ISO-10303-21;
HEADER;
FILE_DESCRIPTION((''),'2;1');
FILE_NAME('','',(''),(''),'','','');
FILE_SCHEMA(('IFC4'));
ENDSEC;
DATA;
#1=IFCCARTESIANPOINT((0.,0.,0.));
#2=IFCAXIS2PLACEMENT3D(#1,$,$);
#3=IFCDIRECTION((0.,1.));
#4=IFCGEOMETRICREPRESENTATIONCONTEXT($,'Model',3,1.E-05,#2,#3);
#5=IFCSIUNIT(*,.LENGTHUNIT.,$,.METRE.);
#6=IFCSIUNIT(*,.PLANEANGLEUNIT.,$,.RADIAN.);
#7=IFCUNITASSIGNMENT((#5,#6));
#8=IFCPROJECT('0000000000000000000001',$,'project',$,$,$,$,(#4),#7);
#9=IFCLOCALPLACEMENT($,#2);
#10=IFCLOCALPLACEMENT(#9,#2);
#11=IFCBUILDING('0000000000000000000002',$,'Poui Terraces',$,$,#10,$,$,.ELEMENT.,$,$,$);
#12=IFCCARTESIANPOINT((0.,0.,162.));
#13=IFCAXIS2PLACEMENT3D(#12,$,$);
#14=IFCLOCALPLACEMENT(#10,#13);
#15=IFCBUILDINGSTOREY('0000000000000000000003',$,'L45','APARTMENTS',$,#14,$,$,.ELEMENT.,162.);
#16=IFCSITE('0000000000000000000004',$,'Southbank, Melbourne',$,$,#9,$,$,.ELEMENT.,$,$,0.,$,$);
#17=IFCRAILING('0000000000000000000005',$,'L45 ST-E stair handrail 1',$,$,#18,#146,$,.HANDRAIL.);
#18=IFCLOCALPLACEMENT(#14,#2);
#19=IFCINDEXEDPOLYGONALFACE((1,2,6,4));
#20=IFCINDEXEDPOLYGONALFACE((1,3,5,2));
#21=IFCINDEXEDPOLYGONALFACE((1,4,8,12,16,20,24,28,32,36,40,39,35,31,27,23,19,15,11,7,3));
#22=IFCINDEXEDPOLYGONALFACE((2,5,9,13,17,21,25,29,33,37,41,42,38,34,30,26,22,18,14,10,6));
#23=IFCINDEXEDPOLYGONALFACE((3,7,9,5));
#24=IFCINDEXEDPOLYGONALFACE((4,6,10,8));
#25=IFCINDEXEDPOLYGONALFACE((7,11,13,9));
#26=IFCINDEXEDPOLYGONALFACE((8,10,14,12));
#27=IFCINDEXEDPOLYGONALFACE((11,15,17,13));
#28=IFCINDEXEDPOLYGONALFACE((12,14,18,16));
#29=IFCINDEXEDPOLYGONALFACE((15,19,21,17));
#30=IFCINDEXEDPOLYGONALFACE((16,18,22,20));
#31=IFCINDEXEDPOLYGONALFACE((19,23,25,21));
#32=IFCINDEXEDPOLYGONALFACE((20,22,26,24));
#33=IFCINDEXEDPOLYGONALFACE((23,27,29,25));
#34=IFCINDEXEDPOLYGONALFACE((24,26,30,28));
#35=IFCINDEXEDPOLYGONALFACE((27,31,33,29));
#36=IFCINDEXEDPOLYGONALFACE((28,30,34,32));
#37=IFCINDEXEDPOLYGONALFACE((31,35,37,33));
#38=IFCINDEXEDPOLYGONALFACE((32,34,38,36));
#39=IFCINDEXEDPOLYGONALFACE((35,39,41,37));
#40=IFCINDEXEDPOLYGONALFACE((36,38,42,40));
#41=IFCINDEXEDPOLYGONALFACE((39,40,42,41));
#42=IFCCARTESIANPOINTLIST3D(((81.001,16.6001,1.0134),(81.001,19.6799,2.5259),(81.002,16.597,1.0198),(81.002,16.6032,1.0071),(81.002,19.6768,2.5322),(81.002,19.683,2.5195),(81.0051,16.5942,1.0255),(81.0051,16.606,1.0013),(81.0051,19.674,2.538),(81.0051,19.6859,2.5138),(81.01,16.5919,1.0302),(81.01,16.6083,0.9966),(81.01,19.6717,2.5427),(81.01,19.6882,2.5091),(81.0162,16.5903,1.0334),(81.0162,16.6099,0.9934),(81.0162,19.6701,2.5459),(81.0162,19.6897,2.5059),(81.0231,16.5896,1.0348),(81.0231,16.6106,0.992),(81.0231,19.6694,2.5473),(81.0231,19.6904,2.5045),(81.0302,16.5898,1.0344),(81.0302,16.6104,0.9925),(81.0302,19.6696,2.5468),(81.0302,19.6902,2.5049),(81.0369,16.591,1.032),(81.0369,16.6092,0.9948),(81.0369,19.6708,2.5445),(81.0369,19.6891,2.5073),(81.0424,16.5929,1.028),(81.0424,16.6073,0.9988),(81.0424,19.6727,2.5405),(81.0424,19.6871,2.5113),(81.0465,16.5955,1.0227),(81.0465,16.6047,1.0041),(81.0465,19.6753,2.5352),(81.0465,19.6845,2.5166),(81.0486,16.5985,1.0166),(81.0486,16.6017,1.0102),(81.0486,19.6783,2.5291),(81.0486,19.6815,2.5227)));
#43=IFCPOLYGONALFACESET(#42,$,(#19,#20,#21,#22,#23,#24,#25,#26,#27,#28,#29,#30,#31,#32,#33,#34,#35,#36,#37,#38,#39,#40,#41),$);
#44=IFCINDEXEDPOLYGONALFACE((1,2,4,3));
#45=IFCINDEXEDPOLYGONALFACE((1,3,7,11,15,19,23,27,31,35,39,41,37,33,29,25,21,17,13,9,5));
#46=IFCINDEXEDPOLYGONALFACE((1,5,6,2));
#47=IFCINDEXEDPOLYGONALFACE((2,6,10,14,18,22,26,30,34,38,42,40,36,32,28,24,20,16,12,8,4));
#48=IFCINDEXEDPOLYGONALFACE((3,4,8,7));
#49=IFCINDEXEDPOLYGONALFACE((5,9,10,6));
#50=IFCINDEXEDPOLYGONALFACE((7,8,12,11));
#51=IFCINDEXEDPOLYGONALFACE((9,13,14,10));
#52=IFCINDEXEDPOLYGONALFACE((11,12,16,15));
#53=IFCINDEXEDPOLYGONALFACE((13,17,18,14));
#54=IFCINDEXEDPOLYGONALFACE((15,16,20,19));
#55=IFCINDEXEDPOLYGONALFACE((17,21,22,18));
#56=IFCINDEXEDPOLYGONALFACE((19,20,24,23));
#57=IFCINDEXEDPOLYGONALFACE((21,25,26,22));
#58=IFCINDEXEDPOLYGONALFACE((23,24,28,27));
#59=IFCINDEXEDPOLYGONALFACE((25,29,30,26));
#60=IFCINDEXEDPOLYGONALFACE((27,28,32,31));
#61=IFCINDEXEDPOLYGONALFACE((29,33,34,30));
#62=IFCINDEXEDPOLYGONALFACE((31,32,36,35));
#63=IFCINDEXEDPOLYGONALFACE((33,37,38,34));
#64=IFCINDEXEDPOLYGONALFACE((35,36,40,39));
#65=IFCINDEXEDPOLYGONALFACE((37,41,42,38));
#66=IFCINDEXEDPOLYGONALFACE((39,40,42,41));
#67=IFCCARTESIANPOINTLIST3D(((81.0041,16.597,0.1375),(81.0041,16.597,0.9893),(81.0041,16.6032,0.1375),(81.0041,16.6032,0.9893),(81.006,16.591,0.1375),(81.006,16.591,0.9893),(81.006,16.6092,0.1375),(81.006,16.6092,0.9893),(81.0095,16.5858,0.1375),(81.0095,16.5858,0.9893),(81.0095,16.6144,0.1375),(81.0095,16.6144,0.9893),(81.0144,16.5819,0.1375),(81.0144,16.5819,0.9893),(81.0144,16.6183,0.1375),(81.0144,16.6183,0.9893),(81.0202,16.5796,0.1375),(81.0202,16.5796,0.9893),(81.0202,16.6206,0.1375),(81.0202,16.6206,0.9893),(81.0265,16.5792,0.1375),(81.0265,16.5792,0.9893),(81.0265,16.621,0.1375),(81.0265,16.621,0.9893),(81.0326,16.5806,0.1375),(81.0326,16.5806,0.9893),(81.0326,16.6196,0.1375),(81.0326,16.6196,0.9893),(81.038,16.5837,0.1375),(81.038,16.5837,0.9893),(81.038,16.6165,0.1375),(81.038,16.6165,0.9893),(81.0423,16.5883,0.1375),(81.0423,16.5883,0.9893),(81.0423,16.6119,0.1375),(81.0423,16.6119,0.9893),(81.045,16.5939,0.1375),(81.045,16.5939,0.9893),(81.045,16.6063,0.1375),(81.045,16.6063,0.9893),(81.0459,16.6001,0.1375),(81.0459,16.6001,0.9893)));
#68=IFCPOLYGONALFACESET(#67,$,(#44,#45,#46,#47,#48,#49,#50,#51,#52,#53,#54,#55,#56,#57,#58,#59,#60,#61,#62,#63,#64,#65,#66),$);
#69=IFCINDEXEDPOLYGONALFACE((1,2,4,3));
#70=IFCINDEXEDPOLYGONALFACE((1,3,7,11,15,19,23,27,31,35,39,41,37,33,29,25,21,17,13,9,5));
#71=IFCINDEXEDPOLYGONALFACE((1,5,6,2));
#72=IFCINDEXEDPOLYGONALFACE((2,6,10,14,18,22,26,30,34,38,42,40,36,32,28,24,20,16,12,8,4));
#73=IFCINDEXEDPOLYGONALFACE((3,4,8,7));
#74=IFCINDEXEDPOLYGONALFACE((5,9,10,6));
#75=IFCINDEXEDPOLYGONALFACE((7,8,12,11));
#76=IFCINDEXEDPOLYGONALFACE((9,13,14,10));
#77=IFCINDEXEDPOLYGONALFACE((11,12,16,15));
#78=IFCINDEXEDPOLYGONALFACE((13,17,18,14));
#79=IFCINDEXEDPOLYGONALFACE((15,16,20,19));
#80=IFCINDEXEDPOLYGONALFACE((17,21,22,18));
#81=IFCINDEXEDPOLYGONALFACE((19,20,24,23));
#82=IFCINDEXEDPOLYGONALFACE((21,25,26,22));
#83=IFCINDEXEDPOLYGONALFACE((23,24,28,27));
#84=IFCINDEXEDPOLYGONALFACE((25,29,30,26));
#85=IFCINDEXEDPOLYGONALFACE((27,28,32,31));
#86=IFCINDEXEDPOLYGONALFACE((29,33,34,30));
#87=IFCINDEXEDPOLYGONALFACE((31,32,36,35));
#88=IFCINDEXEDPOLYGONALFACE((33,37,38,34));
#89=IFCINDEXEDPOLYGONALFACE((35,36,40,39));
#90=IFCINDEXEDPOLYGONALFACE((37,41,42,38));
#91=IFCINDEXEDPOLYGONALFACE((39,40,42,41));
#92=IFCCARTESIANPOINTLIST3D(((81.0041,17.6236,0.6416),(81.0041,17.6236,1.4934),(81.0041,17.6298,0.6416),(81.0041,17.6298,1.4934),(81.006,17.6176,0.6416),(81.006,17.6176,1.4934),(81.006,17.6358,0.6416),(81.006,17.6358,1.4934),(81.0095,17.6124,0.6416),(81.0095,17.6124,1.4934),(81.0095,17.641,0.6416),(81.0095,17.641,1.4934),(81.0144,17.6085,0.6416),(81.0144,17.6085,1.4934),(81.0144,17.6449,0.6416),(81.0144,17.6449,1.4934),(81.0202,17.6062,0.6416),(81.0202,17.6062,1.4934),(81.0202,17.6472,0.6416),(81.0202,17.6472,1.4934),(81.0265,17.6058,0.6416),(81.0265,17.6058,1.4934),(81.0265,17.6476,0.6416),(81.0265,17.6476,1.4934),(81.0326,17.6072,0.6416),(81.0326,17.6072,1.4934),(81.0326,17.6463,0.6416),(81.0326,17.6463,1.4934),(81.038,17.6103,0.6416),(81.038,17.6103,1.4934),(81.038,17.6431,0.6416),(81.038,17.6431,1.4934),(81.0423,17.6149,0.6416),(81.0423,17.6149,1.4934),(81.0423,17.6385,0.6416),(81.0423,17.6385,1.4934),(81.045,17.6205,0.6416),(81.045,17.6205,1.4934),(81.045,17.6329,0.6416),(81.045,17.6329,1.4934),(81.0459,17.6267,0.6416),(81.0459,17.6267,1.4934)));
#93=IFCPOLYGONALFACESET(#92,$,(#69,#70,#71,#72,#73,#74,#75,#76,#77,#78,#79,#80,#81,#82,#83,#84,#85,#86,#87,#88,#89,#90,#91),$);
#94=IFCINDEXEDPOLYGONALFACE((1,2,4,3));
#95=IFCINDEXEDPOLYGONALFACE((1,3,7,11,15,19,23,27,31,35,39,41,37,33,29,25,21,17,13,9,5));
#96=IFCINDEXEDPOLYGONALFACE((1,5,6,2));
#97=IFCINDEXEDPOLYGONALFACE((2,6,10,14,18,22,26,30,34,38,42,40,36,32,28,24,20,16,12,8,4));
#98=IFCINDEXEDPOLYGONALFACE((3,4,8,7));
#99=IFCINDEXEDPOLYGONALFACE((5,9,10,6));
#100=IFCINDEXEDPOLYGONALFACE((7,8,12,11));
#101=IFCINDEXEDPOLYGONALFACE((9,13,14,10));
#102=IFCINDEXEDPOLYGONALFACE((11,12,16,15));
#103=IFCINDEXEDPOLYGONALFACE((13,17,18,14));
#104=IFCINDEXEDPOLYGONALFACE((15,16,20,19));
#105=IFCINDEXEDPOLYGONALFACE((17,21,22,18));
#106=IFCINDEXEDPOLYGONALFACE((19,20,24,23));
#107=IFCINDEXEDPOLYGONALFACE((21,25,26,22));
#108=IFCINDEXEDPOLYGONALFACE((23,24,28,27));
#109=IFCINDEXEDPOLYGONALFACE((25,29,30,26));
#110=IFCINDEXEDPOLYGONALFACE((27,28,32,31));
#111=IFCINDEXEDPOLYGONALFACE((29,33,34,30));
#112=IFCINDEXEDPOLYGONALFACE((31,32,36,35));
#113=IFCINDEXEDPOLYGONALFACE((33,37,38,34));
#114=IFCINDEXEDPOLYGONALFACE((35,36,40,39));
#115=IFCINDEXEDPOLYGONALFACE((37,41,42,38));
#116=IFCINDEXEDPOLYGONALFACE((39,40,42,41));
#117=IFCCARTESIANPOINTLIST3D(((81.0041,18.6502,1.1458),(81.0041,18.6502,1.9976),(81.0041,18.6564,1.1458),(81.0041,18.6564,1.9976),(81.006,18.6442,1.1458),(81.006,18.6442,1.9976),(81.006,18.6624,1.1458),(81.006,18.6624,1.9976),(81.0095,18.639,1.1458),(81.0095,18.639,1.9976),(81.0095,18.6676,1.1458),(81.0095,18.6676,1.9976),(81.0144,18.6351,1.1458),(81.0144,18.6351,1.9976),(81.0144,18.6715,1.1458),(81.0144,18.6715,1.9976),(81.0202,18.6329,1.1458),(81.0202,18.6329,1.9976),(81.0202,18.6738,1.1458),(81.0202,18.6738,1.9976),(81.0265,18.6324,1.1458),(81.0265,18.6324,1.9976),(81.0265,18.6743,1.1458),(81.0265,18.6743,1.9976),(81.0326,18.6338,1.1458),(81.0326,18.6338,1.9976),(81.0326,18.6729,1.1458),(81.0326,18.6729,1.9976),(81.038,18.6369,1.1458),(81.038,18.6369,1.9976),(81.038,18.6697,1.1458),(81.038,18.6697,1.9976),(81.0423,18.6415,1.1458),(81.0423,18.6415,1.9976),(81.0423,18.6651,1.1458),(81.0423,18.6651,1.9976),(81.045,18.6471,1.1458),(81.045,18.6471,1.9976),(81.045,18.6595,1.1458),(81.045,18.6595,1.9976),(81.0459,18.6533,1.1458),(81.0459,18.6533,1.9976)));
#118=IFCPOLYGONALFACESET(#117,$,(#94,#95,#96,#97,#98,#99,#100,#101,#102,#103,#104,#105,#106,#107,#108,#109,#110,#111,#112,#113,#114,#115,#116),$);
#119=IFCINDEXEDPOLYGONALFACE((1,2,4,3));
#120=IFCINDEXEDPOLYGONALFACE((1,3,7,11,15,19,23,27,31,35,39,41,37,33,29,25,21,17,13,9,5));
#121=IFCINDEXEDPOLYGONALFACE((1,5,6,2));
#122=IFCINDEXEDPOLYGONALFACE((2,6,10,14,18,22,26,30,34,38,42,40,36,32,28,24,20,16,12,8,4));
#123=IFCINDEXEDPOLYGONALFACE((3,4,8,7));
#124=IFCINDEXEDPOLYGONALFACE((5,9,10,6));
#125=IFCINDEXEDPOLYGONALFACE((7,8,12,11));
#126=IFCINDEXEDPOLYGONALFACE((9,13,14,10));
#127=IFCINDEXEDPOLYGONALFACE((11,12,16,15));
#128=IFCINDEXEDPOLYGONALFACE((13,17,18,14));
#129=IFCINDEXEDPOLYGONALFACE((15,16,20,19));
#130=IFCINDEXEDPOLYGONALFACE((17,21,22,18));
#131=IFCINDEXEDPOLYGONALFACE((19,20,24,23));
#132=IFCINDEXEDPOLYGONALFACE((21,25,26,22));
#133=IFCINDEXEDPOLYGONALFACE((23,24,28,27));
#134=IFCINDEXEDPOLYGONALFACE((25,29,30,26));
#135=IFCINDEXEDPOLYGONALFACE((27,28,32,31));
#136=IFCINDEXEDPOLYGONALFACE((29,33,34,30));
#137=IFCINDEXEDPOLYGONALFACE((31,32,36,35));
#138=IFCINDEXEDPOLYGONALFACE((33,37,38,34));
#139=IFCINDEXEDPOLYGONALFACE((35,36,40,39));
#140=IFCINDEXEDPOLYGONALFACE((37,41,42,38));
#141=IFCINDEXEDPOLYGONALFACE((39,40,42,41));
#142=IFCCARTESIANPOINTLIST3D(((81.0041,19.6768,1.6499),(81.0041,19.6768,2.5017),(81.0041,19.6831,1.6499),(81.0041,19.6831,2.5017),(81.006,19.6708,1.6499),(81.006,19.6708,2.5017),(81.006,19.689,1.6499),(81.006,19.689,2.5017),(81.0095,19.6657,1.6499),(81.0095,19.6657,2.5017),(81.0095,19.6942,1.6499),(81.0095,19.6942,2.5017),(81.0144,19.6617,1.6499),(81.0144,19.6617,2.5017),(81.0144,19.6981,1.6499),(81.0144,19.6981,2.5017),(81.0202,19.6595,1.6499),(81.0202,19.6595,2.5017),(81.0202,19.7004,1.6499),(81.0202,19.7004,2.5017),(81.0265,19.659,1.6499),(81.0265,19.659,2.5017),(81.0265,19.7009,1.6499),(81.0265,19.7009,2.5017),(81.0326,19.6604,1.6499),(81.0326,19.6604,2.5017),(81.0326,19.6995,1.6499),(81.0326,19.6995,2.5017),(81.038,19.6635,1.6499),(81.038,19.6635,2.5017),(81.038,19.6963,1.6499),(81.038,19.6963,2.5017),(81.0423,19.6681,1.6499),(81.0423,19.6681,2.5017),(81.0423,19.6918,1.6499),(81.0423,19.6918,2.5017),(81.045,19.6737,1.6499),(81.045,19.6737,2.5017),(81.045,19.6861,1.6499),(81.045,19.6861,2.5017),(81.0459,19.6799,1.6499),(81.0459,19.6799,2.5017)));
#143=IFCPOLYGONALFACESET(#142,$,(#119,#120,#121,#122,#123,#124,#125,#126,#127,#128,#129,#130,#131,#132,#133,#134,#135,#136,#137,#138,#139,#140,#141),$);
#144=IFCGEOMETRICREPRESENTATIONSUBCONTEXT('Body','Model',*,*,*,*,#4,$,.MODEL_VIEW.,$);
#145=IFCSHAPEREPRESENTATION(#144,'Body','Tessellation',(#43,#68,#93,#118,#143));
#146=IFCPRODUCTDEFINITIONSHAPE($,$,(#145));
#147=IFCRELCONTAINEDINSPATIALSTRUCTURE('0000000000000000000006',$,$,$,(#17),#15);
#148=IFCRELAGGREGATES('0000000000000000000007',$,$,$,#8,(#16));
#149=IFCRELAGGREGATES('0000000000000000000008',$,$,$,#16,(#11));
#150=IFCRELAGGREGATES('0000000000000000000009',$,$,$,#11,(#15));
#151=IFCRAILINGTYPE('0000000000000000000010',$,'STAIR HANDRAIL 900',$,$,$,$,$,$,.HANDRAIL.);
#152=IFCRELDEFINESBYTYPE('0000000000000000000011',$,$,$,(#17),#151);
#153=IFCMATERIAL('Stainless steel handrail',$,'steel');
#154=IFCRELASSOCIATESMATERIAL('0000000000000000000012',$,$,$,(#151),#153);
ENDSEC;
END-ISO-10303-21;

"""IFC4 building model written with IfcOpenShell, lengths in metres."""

from ifc_helpers import new_model, si_unit, direction, frame, origin, origin_2d, place, context, subcontext, project, spatial, circle, extrude, material, type_object, element, save


model = new_model("IFC4")

# Units and contexts
model_context = context("Model", 3, precision=1e-05, world=origin(), true_north=direction((0.0, 1.0)))
body_context = subcontext(model_context, "Body", "Model", "MODEL_VIEW")
ifc_project = project(units=[si_unit("LENGTHUNIT", "METRE"), si_unit("PLANEANGLEUNIT", "RADIAN")], contexts=[model_context])

# Site, building, storey
site_placement = place(None, origin())
site = spatial("IfcSite", under=ifc_project, at=site_placement, Name="Southbank, Melbourne", CompositionType="ELEMENT", RefElevation=0.0)
building_placement = place(site_placement, origin())
building = spatial("IfcBuilding", under=site, at=building_placement, Name="Poui Terraces", CompositionType="ELEMENT")
storey_placement = place(building_placement, frame((0.0, 0.0, 162.0)))
storey = spatial("IfcBuildingStorey", under=building, at=storey_placement, Name="L45", Description="APARTMENTS", CompositionType="ELEMENT", Elevation=162.0)

# Railing
ifc_material_1 = material(Name="Stainless steel handrail", Category="steel")
railing_type_1 = type_object("IfcRailingType", Name="STAIR HANDRAIL 900", PredefinedType="HANDRAIL", material=ifc_material_1)
railing_1_placement = place(storey_placement, frame((81.0249, 16.6001, 0.1375)))
element("IfcRailing", 1, at=railing_1_placement, inside=storey, type_object=railing_type_1, Name="L45 ST-E stair handrail 1", PredefinedType="HANDRAIL", context=body_context, shape_type="SweptSolid", body=[
    extrude(circle(Radius=0.0239, at=origin_2d()), frame((0.0, 0.0, 0.876), z_axis=(0.0, 0.897606, 0.440798), x_axis=(-1.0, 0.0, 0.0)), (0.0, 0.0, 1.0), 3.4312),
    extrude(circle(Radius=0.021, at=origin_2d()), origin(), (0.0, 0.0, 1.0), 0.8518),
    extrude(circle(Radius=0.021, at=origin_2d()), frame((0.0, 1.0266, 0.5042)), (0.0, 0.0, 1.0), 0.8518),
    extrude(circle(Radius=0.021, at=origin_2d()), frame((0.0, 2.0532, 1.0083)), (0.0, 0.0, 1.0), 0.8518),
    extrude(circle(Radius=0.021, at=origin_2d()), frame((0.0, 3.0798, 1.5125)), (0.0, 0.0, 1.0), 0.8518),
])

save(model, "model.ifc")
